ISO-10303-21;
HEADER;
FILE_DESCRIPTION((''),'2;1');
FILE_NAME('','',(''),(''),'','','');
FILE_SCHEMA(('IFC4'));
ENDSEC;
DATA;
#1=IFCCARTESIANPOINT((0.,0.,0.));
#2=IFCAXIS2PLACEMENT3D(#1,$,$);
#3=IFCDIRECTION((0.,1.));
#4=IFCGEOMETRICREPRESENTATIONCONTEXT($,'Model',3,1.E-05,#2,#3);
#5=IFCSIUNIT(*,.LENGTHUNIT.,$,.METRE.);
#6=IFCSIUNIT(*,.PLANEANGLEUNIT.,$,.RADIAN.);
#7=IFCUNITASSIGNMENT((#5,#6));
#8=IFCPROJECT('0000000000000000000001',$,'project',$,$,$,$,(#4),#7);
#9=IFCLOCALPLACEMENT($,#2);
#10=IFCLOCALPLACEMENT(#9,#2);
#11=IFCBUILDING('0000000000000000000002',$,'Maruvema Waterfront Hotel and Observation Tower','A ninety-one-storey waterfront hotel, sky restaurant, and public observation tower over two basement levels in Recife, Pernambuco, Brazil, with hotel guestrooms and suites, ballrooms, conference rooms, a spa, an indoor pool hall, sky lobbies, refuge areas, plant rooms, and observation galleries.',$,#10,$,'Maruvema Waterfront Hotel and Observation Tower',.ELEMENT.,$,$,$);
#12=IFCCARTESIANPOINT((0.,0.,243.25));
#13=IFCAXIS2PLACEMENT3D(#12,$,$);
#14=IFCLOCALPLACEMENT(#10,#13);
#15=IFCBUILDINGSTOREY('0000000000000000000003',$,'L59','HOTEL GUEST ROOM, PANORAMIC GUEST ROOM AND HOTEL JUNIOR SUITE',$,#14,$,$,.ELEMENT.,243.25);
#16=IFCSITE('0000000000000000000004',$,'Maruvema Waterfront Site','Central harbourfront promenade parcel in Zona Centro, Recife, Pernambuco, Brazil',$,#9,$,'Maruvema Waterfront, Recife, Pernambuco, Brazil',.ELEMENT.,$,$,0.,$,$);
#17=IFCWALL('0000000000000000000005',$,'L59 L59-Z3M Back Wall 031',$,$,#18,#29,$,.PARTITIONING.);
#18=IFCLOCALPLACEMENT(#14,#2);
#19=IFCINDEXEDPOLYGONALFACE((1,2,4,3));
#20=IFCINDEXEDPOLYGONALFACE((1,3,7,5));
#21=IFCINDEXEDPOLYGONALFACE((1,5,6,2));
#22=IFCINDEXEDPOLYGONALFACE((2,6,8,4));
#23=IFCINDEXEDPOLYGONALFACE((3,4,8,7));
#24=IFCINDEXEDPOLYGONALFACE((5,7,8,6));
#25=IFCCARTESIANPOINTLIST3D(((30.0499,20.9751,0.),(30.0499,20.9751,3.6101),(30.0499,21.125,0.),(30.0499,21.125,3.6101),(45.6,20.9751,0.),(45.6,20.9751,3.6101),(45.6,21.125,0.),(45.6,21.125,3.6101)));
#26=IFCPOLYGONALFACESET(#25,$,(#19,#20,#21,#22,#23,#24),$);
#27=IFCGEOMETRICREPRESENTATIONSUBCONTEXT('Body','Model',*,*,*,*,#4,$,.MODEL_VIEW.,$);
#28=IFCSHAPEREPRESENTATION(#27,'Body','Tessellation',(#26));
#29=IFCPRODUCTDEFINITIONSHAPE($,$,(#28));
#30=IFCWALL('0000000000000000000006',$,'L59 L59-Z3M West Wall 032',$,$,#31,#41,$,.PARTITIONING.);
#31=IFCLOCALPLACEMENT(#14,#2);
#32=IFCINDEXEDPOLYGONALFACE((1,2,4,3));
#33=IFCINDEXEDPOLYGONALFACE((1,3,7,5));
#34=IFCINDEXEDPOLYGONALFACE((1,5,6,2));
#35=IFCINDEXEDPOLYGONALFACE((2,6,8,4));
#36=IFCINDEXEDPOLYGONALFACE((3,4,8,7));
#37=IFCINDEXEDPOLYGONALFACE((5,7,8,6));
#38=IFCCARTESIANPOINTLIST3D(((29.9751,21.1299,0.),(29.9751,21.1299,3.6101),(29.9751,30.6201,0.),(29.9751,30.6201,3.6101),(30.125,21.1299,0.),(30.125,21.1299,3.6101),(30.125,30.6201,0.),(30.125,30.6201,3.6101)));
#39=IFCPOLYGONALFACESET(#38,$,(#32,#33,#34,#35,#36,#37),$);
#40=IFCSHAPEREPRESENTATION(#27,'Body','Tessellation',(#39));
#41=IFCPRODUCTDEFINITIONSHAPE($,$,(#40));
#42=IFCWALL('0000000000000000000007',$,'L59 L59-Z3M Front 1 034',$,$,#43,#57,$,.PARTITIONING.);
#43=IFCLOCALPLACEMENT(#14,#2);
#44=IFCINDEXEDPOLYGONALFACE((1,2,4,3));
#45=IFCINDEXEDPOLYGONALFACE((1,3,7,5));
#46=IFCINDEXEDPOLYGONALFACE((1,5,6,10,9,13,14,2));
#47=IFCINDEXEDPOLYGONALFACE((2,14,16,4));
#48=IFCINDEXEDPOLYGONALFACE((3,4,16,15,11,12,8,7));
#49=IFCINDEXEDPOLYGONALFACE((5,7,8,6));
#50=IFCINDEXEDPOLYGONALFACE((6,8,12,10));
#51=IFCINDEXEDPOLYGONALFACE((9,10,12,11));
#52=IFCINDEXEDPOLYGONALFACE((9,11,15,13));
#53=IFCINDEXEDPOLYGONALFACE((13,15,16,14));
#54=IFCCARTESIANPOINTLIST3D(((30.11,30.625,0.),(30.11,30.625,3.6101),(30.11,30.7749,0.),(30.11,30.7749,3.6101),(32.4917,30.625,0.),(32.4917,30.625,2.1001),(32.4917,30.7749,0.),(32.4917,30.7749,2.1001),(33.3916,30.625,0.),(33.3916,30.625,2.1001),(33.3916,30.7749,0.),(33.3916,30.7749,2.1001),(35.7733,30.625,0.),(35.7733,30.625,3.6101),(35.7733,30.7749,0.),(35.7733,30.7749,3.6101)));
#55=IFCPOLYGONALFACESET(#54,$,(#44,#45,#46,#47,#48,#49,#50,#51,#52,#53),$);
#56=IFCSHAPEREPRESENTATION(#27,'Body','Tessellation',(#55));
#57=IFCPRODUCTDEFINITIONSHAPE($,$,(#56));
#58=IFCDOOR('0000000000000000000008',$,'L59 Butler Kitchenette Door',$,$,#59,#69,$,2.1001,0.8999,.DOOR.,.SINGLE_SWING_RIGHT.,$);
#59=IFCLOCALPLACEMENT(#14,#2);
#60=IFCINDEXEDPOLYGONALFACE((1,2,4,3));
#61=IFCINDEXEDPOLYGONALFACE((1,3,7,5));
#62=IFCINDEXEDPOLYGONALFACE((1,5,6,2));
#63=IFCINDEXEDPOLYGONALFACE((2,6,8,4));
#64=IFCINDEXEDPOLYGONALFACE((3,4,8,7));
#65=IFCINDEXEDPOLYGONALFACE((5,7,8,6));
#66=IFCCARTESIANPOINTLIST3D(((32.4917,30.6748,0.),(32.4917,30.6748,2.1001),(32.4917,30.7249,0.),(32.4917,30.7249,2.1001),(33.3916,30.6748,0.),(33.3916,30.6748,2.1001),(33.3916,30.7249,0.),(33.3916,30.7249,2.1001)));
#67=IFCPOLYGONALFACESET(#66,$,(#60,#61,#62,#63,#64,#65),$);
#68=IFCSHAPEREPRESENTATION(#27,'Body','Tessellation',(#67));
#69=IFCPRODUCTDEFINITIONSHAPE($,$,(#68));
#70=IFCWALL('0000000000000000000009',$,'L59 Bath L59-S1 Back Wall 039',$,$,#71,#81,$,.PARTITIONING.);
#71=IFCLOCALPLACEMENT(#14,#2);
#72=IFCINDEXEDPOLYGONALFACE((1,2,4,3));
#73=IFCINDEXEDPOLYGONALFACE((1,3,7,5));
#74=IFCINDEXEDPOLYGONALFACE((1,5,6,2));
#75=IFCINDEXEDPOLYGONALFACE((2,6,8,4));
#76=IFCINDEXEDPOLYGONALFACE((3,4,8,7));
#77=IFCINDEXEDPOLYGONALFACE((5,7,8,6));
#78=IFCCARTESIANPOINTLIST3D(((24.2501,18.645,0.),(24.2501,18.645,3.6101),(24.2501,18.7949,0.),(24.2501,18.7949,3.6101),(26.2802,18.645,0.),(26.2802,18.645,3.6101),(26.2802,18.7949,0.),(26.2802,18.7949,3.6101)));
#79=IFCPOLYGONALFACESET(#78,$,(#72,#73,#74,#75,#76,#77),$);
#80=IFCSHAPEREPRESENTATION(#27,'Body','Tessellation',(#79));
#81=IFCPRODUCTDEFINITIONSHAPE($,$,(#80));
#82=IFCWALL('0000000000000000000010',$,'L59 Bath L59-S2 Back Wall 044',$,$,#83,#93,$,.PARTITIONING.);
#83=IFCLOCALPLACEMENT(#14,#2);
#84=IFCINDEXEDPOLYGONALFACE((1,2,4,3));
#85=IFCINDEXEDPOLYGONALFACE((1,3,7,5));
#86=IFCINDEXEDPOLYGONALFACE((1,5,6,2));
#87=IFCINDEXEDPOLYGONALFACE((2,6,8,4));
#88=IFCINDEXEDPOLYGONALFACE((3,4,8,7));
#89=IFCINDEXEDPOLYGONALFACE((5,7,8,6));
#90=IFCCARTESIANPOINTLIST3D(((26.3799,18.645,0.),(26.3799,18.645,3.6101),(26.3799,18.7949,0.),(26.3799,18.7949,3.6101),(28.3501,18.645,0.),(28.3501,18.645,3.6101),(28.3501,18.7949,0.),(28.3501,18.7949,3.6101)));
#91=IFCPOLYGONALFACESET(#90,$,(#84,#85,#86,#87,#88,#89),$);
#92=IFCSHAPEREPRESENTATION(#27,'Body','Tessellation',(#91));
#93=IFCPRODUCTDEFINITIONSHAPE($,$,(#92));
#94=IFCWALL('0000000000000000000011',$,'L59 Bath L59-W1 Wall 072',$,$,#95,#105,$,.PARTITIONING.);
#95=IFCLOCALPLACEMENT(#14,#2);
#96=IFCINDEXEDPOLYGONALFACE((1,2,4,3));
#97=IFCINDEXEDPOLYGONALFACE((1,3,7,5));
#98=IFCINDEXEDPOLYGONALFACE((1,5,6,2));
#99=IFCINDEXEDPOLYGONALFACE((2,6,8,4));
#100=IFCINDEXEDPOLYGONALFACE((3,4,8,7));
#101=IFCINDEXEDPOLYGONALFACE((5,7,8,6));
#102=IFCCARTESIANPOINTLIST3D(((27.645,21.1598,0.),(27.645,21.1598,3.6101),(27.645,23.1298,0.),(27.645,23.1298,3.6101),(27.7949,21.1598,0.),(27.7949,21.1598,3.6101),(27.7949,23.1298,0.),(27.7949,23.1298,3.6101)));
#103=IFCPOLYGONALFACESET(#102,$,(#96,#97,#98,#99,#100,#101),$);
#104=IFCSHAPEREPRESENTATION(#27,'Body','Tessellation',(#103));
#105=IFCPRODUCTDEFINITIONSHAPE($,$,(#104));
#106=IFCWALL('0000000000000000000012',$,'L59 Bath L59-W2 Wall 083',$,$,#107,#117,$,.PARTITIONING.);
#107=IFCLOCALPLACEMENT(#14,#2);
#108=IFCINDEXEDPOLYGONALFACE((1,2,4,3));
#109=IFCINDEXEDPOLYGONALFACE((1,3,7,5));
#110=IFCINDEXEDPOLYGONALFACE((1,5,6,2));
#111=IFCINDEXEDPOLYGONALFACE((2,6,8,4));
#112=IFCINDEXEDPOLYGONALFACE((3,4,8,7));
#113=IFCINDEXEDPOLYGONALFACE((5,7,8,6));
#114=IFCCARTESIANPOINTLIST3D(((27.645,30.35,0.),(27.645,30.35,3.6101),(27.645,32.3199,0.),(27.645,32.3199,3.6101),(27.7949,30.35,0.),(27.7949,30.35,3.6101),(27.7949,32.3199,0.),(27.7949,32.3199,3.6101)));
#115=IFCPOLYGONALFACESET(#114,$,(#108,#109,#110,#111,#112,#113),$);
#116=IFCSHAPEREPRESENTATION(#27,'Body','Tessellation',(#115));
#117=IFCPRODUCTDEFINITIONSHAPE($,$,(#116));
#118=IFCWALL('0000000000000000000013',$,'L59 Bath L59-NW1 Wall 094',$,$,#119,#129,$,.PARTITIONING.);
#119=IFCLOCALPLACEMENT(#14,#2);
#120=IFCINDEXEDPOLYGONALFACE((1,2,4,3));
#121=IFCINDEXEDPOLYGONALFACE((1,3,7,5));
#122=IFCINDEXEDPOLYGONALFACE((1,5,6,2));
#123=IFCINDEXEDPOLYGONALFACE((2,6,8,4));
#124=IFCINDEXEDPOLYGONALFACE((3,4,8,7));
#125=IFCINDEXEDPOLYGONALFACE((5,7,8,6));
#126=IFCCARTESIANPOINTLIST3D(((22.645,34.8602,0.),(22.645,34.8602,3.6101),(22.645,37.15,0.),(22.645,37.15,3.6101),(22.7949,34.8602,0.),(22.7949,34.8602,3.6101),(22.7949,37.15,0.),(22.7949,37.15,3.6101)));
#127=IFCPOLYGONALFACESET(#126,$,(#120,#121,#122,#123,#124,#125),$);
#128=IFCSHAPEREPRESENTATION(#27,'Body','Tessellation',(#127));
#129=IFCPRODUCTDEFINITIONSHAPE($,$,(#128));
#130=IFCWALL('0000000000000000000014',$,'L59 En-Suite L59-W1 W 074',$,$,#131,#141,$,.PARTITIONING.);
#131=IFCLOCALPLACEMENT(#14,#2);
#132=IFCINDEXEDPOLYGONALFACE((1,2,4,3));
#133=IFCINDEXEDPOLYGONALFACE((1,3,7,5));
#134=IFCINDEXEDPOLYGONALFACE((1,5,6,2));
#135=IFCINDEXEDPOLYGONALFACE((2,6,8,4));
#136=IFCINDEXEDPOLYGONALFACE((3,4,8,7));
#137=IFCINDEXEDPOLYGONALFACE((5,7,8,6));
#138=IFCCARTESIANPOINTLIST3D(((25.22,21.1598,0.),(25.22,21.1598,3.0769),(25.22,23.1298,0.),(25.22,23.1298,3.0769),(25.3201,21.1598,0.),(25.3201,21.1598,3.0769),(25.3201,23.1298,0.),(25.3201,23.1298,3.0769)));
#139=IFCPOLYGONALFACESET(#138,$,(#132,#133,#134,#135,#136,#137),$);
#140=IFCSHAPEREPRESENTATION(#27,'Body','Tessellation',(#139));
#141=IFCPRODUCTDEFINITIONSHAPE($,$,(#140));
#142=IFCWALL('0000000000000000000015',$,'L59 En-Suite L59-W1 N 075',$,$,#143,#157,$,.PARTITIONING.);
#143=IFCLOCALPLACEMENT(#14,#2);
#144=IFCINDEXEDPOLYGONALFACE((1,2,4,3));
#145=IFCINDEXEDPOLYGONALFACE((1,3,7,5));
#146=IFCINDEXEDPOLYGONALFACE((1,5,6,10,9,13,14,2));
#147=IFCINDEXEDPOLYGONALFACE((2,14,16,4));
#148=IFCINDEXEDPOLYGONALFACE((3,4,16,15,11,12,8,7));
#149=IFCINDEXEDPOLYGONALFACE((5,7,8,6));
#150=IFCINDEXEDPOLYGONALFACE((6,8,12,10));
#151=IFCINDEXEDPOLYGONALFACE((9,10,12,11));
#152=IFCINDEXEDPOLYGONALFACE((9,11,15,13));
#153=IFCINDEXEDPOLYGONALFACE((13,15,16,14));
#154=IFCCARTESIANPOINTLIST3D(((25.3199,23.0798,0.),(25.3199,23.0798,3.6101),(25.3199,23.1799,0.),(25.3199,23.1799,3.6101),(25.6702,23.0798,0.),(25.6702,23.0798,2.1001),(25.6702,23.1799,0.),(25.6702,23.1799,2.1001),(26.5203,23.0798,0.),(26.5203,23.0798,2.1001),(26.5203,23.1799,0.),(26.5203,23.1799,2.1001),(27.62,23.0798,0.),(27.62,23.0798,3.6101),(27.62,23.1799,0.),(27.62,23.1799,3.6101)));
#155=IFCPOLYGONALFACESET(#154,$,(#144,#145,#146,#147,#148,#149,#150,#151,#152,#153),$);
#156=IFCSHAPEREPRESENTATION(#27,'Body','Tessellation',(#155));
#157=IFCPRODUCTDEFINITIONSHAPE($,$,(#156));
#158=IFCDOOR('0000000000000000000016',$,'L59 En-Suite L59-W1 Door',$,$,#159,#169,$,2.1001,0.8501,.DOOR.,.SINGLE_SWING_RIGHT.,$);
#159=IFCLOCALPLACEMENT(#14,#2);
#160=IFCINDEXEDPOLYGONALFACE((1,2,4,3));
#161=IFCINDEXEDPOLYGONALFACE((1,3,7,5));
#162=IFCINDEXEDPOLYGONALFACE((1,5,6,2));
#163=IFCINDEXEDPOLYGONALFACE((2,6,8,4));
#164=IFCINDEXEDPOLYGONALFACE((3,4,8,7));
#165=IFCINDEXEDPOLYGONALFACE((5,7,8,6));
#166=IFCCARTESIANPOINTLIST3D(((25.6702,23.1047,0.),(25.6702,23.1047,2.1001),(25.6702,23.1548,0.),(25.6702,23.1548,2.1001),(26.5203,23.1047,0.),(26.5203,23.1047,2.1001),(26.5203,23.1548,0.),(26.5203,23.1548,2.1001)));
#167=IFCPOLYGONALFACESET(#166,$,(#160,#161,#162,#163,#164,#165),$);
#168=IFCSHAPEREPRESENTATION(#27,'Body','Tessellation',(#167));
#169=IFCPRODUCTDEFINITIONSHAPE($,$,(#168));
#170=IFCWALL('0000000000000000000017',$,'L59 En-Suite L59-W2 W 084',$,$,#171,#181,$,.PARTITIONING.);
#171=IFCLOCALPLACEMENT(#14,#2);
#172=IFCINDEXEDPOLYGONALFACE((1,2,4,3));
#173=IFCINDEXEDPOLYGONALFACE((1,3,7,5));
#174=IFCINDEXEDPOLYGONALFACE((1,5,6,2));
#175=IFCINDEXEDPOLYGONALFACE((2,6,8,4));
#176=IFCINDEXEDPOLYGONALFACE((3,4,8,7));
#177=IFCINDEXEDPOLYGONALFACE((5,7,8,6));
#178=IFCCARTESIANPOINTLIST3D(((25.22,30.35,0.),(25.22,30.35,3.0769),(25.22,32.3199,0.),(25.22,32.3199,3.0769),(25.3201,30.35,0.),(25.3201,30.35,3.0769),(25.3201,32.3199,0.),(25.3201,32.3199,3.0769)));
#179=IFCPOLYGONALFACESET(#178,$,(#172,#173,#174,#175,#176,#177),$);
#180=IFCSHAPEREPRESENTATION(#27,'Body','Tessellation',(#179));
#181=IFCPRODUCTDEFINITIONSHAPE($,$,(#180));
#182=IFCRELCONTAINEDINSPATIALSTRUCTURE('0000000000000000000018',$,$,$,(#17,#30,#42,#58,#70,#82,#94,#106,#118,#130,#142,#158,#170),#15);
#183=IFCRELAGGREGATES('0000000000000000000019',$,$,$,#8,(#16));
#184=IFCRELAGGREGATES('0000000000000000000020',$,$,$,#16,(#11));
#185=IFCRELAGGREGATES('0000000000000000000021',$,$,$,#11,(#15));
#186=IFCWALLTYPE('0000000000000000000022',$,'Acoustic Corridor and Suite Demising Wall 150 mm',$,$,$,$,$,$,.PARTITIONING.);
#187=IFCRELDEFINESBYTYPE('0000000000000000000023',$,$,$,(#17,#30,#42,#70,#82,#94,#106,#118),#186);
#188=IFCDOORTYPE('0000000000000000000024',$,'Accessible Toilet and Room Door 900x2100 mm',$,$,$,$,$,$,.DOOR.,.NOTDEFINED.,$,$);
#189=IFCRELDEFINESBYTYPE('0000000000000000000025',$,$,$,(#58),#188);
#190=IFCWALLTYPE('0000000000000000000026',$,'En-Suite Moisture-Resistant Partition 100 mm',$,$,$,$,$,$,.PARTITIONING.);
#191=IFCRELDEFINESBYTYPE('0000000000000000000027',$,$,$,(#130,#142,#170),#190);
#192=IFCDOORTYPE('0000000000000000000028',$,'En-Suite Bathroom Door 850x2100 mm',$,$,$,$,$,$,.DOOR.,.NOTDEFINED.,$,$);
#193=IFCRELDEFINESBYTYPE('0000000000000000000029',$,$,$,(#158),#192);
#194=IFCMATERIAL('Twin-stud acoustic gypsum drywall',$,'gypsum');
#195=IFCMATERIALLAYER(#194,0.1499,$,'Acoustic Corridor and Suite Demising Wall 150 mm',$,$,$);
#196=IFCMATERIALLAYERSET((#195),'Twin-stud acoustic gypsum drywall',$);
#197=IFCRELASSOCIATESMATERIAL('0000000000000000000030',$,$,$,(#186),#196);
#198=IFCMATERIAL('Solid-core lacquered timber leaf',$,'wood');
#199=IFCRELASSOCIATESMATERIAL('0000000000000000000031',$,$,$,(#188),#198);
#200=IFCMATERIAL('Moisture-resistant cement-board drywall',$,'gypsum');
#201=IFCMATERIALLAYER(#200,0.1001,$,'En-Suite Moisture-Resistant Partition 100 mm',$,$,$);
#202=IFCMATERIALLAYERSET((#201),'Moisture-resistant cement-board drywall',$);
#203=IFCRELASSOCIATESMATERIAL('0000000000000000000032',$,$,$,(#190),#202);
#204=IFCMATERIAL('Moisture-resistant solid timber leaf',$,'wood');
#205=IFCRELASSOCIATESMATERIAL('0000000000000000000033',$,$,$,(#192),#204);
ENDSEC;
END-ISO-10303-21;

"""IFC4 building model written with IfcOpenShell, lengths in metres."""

from ifc_helpers import new_model, si_unit, direction, frame, frame_2d, origin, place, context, subcontext, project, spatial, rectangle, extrude, material, layer, layer_set, type_object, element, fill, save


model = new_model("IFC4")

# Units and contexts
model_context = context("Model", 3, precision=1e-05, world=origin(), true_north=direction((0.0, 1.0)))
body_context = subcontext(model_context, "Body", "Model", "MODEL_VIEW")
ifc_project = project(units=[si_unit("LENGTHUNIT", "METRE"), si_unit("PLANEANGLEUNIT", "RADIAN")], contexts=[model_context])

# Site, building, storey
site_placement = place(None, origin())
site = spatial("IfcSite", under=ifc_project, at=site_placement, Name="Maruvema Waterfront Site", Description="Central harbourfront promenade parcel in Zona Centro, Recife, Pernambuco, Brazil", LongName="Maruvema Waterfront, Recife, Pernambuco, Brazil", CompositionType="ELEMENT", RefElevation=0.0)
building_placement = place(site_placement, origin())
building = spatial("IfcBuilding", under=site, at=building_placement, Name="Maruvema Waterfront Hotel and Observation Tower", Description="A ninety-one-storey waterfront hotel, sky restaurant, and public observation tower over two basement levels in Recife, Pernambuco, Brazil, with hotel guestrooms and suites, ballrooms, conference rooms, a spa, an indoor pool hall, sky lobbies, refuge areas, plant rooms, and observation galleries.", LongName="Maruvema Waterfront Hotel and Observation Tower", CompositionType="ELEMENT")
storey_placement = place(building_placement, frame((0.0, 0.0, 243.25)))
storey = spatial("IfcBuildingStorey", under=building, at=storey_placement, Name="L59", Description="HOTEL GUEST ROOM, PANORAMIC GUEST ROOM AND HOTEL JUNIOR SUITE", CompositionType="ELEMENT", Elevation=243.25)

# Walls
ifc_material_1 = material(Name="Twin-stud acoustic gypsum drywall", Category="gypsum")
ifc_layer_1 = layer(ifc_material_1, 0.1499, Name="Acoustic Corridor and Suite Demising Wall 150 mm")
ifc_layer_set_1 = layer_set([ifc_layer_1], Name="Twin-stud acoustic gypsum drywall")
wall_type_1 = type_object("IfcWallType", Name="Acoustic Corridor and Suite Demising Wall 150 mm", PredefinedType="PARTITIONING", material=ifc_layer_set_1)
wall_1_placement = place(storey_placement, frame((30.05, 21.05, 0.0), z_axis=(0.0, 0.0, 1.0), x_axis=(1.0, 0.0, 0.0)))
element("IfcWall", 1, at=wall_1_placement, inside=storey, type_object=wall_type_1, Name="L59 L59-Z3M Back Wall 031", PredefinedType="PARTITIONING", context=body_context, shape_type="SweptSolid", body=[
    extrude(rectangle(XDim=15.55, YDim=0.1499, at=frame_2d((7.7749, 0.0))), origin(), (0.0, 0.0, 1.0), 3.6101),
])
wall_2_placement = place(storey_placement, frame((30.05, 21.1299, 0.0), z_axis=(0.0, 0.0, 1.0), x_axis=(0.0, 1.0, 0.0)))
element("IfcWall", 2, at=wall_2_placement, inside=storey, type_object=wall_type_1, Name="L59 L59-Z3M West Wall 032", PredefinedType="PARTITIONING", context=body_context, shape_type="SweptSolid", body=[
    extrude(rectangle(XDim=9.4902, YDim=0.1499, at=frame_2d((4.7451, 0.0))), origin(), (0.0, 0.0, 1.0), 3.6101),
])

# Wall, opening, door
wall_3_placement = place(storey_placement, frame((30.1101, 30.7, 0.0), z_axis=(0.0, 0.0, 1.0), x_axis=(1.0, 0.0, 0.0)))
wall_3 = element("IfcWall", 3, at=wall_3_placement, inside=storey, type_object=wall_type_1, Name="L59 L59-Z3M Front 1 034", PredefinedType="PARTITIONING", context=body_context, shape_type="SweptSolid", body=[
    extrude(rectangle(XDim=5.6633, YDim=0.1499, at=frame_2d((2.8315, 0.0))), origin(), (0.0, 0.0, 1.0), 3.6101),
])
opening_1_placement = place(wall_3_placement, frame((2.3816, 0.0, 0.0)))
opening_1 = element("IfcOpeningElement", 4, at=opening_1_placement, cuts=wall_3, PredefinedType="OPENING", context=body_context, shape_type="SweptSolid", body=[
    extrude(rectangle(XDim=0.8999, YDim=2.1001, at=frame_2d((0.45, 1.05))), frame((0.0, 0.085, 0.0), z_axis=(0.0, -1.0, 0.0), x_axis=(1.0, 0.0, 0.0)), (0.0, 0.0, 1.0), 0.1699),
])
ifc_material_2 = material(Name="Solid-core lacquered timber leaf", Category="wood")
door_type_1 = type_object("IfcDoorType", Name="Accessible Toilet and Room Door 900x2100 mm", OperationType="NOTDEFINED", PredefinedType="DOOR", material=ifc_material_2)
door_1_placement = place(opening_1_placement, origin())
door_1 = element("IfcDoor", 5, at=door_1_placement, inside=storey, type_object=door_type_1, Name="L59 Butler Kitchenette Door", OperationType="SINGLE_SWING_RIGHT", OverallHeight=2.1001, OverallWidth=0.8999, PredefinedType="DOOR", context=body_context, shape_type="SweptSolid", body=[
    extrude(rectangle(XDim=0.8999, YDim=2.1001, at=frame_2d((0.45, 1.05))), frame((0.0, 0.0249, 0.0), z_axis=(0.0, -1.0, 0.0), x_axis=(1.0, 0.0, 0.0)), (0.0, 0.0, 1.0), 0.05),
])
fill(opening_1, door_1)

# Wall
wall_4_placement = place(storey_placement, frame((24.25, 18.72, 0.0), z_axis=(0.0, 0.0, 1.0), x_axis=(1.0, 0.0, 0.0)))
element("IfcWall", 6, at=wall_4_placement, inside=storey, type_object=wall_type_1, Name="L59 Bath L59-S1 Back Wall 039", PredefinedType="PARTITIONING", context=body_context, shape_type="SweptSolid", body=[
    extrude(rectangle(XDim=2.03, YDim=0.1499, at=frame_2d((1.0151, 0.0))), origin(), (0.0, 0.0, 1.0), 3.6101),
])

# Wall
wall_5_placement = place(storey_placement, frame((26.3799, 18.72, 0.0), z_axis=(0.0, 0.0, 1.0), x_axis=(1.0, 0.0, 0.0)))
element("IfcWall", 7, at=wall_5_placement, inside=storey, type_object=wall_type_1, Name="L59 Bath L59-S2 Back Wall 044", PredefinedType="PARTITIONING", context=body_context, shape_type="SweptSolid", body=[
    extrude(rectangle(XDim=1.9702, YDim=0.1499, at=frame_2d((0.9851, 0.0))), origin(), (0.0, 0.0, 1.0), 3.6101),
])

# Wall
wall_6_placement = place(storey_placement, frame((27.72, 21.1599, 0.0), z_axis=(0.0, 0.0, 1.0), x_axis=(0.0, 1.0, 0.0)))
element("IfcWall", 8, at=wall_6_placement, inside=storey, type_object=wall_type_1, Name="L59 Bath L59-W1 Wall 072", PredefinedType="PARTITIONING", context=body_context, shape_type="SweptSolid", body=[
    extrude(rectangle(XDim=1.97, YDim=0.1499, at=frame_2d((0.9849, 0.0))), origin(), (0.0, 0.0, 1.0), 3.6101),
])

# Walls
wall_7_placement = place(storey_placement, frame((27.72, 30.3501, 0.0), z_axis=(0.0, 0.0, 1.0), x_axis=(0.0, 1.0, 0.0)))
element("IfcWall", 9, at=wall_7_placement, inside=storey, type_object=wall_type_1, Name="L59 Bath L59-W2 Wall 083", PredefinedType="PARTITIONING", context=body_context, shape_type="SweptSolid", body=[
    extrude(rectangle(XDim=1.97, YDim=0.1499, at=frame_2d((0.9849, 0.0))), origin(), (0.0, 0.0, 1.0), 3.6101),
])
wall_8_placement = place(storey_placement, frame((22.72, 34.8601, 0.0), z_axis=(0.0, 0.0, 1.0), x_axis=(0.0, 1.0, 0.0)))
element("IfcWall", 10, at=wall_8_placement, inside=storey, type_object=wall_type_1, Name="L59 Bath L59-NW1 Wall 094", PredefinedType="PARTITIONING", context=body_context, shape_type="SweptSolid", body=[
    extrude(rectangle(XDim=2.2898, YDim=0.1499, at=frame_2d((1.145, 0.0))), origin(), (0.0, 0.0, 1.0), 3.6101),
])
ifc_material_3 = material(Name="Moisture-resistant cement-board drywall", Category="gypsum")
ifc_layer_2 = layer(ifc_material_3, 0.1001, Name="En-Suite Moisture-Resistant Partition 100 mm")
ifc_layer_set_2 = layer_set([ifc_layer_2], Name="Moisture-resistant cement-board drywall")
wall_type_2 = type_object("IfcWallType", Name="En-Suite Moisture-Resistant Partition 100 mm", PredefinedType="PARTITIONING", material=ifc_layer_set_2)
wall_9_placement = place(storey_placement, frame((25.27, 21.1599, 0.0), z_axis=(0.0, 0.0, 1.0), x_axis=(0.0, 1.0, 0.0)))
element("IfcWall", 11, at=wall_9_placement, inside=storey, type_object=wall_type_2, Name="L59 En-Suite L59-W1 W 074", PredefinedType="PARTITIONING", context=body_context, shape_type="SweptSolid", body=[
    extrude(rectangle(XDim=1.97, YDim=0.1001, at=frame_2d((0.9849, 0.0))), origin(), (0.0, 0.0, 1.0), 3.0769),
])

# Wall, opening, door
wall_10_placement = place(storey_placement, frame((25.3201, 23.1299, 0.0), z_axis=(0.0, 0.0, 1.0), x_axis=(1.0, 0.0, 0.0)))
wall_10 = element("IfcWall", 12, at=wall_10_placement, inside=storey, type_object=wall_type_2, Name="L59 En-Suite L59-W1 N 075", PredefinedType="PARTITIONING", context=body_context, shape_type="SweptSolid", body=[
    extrude(rectangle(XDim=2.3, YDim=0.1001, at=frame_2d((1.1499, 0.0))), origin(), (0.0, 0.0, 1.0), 3.6101),
])
opening_2_placement = place(wall_10_placement, frame((0.3501, 0.0, 0.0)))
opening_2 = element("IfcOpeningElement", 13, at=opening_2_placement, cuts=wall_10, PredefinedType="OPENING", context=body_context, shape_type="SweptSolid", body=[
    extrude(rectangle(XDim=0.8501, YDim=2.1001, at=frame_2d((0.425, 1.05))), frame((0.0, 0.0601, 0.0), z_axis=(0.0, -1.0, 0.0), x_axis=(1.0, 0.0, 0.0)), (0.0, 0.0, 1.0), 0.1201),
])
ifc_material_4 = material(Name="Moisture-resistant solid timber leaf", Category="wood")
door_type_2 = type_object("IfcDoorType", Name="En-Suite Bathroom Door 850x2100 mm", OperationType="NOTDEFINED", PredefinedType="DOOR", material=ifc_material_4)
door_2_placement = place(opening_2_placement, origin())
door_2 = element("IfcDoor", 14, at=door_2_placement, inside=storey, type_object=door_type_2, Name="L59 En-Suite L59-W1 Door", OperationType="SINGLE_SWING_RIGHT", OverallHeight=2.1001, OverallWidth=0.8501, PredefinedType="DOOR", context=body_context, shape_type="SweptSolid", body=[
    extrude(rectangle(XDim=0.8501, YDim=2.1001, at=frame_2d((0.425, 1.05))), frame((0.0, 0.0249, 0.0), z_axis=(0.0, -1.0, 0.0), x_axis=(1.0, 0.0, 0.0)), (0.0, 0.0, 1.0), 0.05),
])
fill(opening_2, door_2)

# Wall
wall_11_placement = place(storey_placement, frame((25.27, 30.3501, 0.0), z_axis=(0.0, 0.0, 1.0), x_axis=(0.0, 1.0, 0.0)))
element("IfcWall", 15, at=wall_11_placement, inside=storey, type_object=wall_type_2, Name="L59 En-Suite L59-W2 W 084", PredefinedType="PARTITIONING", context=body_context, shape_type="SweptSolid", body=[
    extrude(rectangle(XDim=1.97, YDim=0.1001, at=frame_2d((0.9849, 0.0))), origin(), (0.0, 0.0, 1.0), 3.0769),
])

save(model, "model.ifc")
